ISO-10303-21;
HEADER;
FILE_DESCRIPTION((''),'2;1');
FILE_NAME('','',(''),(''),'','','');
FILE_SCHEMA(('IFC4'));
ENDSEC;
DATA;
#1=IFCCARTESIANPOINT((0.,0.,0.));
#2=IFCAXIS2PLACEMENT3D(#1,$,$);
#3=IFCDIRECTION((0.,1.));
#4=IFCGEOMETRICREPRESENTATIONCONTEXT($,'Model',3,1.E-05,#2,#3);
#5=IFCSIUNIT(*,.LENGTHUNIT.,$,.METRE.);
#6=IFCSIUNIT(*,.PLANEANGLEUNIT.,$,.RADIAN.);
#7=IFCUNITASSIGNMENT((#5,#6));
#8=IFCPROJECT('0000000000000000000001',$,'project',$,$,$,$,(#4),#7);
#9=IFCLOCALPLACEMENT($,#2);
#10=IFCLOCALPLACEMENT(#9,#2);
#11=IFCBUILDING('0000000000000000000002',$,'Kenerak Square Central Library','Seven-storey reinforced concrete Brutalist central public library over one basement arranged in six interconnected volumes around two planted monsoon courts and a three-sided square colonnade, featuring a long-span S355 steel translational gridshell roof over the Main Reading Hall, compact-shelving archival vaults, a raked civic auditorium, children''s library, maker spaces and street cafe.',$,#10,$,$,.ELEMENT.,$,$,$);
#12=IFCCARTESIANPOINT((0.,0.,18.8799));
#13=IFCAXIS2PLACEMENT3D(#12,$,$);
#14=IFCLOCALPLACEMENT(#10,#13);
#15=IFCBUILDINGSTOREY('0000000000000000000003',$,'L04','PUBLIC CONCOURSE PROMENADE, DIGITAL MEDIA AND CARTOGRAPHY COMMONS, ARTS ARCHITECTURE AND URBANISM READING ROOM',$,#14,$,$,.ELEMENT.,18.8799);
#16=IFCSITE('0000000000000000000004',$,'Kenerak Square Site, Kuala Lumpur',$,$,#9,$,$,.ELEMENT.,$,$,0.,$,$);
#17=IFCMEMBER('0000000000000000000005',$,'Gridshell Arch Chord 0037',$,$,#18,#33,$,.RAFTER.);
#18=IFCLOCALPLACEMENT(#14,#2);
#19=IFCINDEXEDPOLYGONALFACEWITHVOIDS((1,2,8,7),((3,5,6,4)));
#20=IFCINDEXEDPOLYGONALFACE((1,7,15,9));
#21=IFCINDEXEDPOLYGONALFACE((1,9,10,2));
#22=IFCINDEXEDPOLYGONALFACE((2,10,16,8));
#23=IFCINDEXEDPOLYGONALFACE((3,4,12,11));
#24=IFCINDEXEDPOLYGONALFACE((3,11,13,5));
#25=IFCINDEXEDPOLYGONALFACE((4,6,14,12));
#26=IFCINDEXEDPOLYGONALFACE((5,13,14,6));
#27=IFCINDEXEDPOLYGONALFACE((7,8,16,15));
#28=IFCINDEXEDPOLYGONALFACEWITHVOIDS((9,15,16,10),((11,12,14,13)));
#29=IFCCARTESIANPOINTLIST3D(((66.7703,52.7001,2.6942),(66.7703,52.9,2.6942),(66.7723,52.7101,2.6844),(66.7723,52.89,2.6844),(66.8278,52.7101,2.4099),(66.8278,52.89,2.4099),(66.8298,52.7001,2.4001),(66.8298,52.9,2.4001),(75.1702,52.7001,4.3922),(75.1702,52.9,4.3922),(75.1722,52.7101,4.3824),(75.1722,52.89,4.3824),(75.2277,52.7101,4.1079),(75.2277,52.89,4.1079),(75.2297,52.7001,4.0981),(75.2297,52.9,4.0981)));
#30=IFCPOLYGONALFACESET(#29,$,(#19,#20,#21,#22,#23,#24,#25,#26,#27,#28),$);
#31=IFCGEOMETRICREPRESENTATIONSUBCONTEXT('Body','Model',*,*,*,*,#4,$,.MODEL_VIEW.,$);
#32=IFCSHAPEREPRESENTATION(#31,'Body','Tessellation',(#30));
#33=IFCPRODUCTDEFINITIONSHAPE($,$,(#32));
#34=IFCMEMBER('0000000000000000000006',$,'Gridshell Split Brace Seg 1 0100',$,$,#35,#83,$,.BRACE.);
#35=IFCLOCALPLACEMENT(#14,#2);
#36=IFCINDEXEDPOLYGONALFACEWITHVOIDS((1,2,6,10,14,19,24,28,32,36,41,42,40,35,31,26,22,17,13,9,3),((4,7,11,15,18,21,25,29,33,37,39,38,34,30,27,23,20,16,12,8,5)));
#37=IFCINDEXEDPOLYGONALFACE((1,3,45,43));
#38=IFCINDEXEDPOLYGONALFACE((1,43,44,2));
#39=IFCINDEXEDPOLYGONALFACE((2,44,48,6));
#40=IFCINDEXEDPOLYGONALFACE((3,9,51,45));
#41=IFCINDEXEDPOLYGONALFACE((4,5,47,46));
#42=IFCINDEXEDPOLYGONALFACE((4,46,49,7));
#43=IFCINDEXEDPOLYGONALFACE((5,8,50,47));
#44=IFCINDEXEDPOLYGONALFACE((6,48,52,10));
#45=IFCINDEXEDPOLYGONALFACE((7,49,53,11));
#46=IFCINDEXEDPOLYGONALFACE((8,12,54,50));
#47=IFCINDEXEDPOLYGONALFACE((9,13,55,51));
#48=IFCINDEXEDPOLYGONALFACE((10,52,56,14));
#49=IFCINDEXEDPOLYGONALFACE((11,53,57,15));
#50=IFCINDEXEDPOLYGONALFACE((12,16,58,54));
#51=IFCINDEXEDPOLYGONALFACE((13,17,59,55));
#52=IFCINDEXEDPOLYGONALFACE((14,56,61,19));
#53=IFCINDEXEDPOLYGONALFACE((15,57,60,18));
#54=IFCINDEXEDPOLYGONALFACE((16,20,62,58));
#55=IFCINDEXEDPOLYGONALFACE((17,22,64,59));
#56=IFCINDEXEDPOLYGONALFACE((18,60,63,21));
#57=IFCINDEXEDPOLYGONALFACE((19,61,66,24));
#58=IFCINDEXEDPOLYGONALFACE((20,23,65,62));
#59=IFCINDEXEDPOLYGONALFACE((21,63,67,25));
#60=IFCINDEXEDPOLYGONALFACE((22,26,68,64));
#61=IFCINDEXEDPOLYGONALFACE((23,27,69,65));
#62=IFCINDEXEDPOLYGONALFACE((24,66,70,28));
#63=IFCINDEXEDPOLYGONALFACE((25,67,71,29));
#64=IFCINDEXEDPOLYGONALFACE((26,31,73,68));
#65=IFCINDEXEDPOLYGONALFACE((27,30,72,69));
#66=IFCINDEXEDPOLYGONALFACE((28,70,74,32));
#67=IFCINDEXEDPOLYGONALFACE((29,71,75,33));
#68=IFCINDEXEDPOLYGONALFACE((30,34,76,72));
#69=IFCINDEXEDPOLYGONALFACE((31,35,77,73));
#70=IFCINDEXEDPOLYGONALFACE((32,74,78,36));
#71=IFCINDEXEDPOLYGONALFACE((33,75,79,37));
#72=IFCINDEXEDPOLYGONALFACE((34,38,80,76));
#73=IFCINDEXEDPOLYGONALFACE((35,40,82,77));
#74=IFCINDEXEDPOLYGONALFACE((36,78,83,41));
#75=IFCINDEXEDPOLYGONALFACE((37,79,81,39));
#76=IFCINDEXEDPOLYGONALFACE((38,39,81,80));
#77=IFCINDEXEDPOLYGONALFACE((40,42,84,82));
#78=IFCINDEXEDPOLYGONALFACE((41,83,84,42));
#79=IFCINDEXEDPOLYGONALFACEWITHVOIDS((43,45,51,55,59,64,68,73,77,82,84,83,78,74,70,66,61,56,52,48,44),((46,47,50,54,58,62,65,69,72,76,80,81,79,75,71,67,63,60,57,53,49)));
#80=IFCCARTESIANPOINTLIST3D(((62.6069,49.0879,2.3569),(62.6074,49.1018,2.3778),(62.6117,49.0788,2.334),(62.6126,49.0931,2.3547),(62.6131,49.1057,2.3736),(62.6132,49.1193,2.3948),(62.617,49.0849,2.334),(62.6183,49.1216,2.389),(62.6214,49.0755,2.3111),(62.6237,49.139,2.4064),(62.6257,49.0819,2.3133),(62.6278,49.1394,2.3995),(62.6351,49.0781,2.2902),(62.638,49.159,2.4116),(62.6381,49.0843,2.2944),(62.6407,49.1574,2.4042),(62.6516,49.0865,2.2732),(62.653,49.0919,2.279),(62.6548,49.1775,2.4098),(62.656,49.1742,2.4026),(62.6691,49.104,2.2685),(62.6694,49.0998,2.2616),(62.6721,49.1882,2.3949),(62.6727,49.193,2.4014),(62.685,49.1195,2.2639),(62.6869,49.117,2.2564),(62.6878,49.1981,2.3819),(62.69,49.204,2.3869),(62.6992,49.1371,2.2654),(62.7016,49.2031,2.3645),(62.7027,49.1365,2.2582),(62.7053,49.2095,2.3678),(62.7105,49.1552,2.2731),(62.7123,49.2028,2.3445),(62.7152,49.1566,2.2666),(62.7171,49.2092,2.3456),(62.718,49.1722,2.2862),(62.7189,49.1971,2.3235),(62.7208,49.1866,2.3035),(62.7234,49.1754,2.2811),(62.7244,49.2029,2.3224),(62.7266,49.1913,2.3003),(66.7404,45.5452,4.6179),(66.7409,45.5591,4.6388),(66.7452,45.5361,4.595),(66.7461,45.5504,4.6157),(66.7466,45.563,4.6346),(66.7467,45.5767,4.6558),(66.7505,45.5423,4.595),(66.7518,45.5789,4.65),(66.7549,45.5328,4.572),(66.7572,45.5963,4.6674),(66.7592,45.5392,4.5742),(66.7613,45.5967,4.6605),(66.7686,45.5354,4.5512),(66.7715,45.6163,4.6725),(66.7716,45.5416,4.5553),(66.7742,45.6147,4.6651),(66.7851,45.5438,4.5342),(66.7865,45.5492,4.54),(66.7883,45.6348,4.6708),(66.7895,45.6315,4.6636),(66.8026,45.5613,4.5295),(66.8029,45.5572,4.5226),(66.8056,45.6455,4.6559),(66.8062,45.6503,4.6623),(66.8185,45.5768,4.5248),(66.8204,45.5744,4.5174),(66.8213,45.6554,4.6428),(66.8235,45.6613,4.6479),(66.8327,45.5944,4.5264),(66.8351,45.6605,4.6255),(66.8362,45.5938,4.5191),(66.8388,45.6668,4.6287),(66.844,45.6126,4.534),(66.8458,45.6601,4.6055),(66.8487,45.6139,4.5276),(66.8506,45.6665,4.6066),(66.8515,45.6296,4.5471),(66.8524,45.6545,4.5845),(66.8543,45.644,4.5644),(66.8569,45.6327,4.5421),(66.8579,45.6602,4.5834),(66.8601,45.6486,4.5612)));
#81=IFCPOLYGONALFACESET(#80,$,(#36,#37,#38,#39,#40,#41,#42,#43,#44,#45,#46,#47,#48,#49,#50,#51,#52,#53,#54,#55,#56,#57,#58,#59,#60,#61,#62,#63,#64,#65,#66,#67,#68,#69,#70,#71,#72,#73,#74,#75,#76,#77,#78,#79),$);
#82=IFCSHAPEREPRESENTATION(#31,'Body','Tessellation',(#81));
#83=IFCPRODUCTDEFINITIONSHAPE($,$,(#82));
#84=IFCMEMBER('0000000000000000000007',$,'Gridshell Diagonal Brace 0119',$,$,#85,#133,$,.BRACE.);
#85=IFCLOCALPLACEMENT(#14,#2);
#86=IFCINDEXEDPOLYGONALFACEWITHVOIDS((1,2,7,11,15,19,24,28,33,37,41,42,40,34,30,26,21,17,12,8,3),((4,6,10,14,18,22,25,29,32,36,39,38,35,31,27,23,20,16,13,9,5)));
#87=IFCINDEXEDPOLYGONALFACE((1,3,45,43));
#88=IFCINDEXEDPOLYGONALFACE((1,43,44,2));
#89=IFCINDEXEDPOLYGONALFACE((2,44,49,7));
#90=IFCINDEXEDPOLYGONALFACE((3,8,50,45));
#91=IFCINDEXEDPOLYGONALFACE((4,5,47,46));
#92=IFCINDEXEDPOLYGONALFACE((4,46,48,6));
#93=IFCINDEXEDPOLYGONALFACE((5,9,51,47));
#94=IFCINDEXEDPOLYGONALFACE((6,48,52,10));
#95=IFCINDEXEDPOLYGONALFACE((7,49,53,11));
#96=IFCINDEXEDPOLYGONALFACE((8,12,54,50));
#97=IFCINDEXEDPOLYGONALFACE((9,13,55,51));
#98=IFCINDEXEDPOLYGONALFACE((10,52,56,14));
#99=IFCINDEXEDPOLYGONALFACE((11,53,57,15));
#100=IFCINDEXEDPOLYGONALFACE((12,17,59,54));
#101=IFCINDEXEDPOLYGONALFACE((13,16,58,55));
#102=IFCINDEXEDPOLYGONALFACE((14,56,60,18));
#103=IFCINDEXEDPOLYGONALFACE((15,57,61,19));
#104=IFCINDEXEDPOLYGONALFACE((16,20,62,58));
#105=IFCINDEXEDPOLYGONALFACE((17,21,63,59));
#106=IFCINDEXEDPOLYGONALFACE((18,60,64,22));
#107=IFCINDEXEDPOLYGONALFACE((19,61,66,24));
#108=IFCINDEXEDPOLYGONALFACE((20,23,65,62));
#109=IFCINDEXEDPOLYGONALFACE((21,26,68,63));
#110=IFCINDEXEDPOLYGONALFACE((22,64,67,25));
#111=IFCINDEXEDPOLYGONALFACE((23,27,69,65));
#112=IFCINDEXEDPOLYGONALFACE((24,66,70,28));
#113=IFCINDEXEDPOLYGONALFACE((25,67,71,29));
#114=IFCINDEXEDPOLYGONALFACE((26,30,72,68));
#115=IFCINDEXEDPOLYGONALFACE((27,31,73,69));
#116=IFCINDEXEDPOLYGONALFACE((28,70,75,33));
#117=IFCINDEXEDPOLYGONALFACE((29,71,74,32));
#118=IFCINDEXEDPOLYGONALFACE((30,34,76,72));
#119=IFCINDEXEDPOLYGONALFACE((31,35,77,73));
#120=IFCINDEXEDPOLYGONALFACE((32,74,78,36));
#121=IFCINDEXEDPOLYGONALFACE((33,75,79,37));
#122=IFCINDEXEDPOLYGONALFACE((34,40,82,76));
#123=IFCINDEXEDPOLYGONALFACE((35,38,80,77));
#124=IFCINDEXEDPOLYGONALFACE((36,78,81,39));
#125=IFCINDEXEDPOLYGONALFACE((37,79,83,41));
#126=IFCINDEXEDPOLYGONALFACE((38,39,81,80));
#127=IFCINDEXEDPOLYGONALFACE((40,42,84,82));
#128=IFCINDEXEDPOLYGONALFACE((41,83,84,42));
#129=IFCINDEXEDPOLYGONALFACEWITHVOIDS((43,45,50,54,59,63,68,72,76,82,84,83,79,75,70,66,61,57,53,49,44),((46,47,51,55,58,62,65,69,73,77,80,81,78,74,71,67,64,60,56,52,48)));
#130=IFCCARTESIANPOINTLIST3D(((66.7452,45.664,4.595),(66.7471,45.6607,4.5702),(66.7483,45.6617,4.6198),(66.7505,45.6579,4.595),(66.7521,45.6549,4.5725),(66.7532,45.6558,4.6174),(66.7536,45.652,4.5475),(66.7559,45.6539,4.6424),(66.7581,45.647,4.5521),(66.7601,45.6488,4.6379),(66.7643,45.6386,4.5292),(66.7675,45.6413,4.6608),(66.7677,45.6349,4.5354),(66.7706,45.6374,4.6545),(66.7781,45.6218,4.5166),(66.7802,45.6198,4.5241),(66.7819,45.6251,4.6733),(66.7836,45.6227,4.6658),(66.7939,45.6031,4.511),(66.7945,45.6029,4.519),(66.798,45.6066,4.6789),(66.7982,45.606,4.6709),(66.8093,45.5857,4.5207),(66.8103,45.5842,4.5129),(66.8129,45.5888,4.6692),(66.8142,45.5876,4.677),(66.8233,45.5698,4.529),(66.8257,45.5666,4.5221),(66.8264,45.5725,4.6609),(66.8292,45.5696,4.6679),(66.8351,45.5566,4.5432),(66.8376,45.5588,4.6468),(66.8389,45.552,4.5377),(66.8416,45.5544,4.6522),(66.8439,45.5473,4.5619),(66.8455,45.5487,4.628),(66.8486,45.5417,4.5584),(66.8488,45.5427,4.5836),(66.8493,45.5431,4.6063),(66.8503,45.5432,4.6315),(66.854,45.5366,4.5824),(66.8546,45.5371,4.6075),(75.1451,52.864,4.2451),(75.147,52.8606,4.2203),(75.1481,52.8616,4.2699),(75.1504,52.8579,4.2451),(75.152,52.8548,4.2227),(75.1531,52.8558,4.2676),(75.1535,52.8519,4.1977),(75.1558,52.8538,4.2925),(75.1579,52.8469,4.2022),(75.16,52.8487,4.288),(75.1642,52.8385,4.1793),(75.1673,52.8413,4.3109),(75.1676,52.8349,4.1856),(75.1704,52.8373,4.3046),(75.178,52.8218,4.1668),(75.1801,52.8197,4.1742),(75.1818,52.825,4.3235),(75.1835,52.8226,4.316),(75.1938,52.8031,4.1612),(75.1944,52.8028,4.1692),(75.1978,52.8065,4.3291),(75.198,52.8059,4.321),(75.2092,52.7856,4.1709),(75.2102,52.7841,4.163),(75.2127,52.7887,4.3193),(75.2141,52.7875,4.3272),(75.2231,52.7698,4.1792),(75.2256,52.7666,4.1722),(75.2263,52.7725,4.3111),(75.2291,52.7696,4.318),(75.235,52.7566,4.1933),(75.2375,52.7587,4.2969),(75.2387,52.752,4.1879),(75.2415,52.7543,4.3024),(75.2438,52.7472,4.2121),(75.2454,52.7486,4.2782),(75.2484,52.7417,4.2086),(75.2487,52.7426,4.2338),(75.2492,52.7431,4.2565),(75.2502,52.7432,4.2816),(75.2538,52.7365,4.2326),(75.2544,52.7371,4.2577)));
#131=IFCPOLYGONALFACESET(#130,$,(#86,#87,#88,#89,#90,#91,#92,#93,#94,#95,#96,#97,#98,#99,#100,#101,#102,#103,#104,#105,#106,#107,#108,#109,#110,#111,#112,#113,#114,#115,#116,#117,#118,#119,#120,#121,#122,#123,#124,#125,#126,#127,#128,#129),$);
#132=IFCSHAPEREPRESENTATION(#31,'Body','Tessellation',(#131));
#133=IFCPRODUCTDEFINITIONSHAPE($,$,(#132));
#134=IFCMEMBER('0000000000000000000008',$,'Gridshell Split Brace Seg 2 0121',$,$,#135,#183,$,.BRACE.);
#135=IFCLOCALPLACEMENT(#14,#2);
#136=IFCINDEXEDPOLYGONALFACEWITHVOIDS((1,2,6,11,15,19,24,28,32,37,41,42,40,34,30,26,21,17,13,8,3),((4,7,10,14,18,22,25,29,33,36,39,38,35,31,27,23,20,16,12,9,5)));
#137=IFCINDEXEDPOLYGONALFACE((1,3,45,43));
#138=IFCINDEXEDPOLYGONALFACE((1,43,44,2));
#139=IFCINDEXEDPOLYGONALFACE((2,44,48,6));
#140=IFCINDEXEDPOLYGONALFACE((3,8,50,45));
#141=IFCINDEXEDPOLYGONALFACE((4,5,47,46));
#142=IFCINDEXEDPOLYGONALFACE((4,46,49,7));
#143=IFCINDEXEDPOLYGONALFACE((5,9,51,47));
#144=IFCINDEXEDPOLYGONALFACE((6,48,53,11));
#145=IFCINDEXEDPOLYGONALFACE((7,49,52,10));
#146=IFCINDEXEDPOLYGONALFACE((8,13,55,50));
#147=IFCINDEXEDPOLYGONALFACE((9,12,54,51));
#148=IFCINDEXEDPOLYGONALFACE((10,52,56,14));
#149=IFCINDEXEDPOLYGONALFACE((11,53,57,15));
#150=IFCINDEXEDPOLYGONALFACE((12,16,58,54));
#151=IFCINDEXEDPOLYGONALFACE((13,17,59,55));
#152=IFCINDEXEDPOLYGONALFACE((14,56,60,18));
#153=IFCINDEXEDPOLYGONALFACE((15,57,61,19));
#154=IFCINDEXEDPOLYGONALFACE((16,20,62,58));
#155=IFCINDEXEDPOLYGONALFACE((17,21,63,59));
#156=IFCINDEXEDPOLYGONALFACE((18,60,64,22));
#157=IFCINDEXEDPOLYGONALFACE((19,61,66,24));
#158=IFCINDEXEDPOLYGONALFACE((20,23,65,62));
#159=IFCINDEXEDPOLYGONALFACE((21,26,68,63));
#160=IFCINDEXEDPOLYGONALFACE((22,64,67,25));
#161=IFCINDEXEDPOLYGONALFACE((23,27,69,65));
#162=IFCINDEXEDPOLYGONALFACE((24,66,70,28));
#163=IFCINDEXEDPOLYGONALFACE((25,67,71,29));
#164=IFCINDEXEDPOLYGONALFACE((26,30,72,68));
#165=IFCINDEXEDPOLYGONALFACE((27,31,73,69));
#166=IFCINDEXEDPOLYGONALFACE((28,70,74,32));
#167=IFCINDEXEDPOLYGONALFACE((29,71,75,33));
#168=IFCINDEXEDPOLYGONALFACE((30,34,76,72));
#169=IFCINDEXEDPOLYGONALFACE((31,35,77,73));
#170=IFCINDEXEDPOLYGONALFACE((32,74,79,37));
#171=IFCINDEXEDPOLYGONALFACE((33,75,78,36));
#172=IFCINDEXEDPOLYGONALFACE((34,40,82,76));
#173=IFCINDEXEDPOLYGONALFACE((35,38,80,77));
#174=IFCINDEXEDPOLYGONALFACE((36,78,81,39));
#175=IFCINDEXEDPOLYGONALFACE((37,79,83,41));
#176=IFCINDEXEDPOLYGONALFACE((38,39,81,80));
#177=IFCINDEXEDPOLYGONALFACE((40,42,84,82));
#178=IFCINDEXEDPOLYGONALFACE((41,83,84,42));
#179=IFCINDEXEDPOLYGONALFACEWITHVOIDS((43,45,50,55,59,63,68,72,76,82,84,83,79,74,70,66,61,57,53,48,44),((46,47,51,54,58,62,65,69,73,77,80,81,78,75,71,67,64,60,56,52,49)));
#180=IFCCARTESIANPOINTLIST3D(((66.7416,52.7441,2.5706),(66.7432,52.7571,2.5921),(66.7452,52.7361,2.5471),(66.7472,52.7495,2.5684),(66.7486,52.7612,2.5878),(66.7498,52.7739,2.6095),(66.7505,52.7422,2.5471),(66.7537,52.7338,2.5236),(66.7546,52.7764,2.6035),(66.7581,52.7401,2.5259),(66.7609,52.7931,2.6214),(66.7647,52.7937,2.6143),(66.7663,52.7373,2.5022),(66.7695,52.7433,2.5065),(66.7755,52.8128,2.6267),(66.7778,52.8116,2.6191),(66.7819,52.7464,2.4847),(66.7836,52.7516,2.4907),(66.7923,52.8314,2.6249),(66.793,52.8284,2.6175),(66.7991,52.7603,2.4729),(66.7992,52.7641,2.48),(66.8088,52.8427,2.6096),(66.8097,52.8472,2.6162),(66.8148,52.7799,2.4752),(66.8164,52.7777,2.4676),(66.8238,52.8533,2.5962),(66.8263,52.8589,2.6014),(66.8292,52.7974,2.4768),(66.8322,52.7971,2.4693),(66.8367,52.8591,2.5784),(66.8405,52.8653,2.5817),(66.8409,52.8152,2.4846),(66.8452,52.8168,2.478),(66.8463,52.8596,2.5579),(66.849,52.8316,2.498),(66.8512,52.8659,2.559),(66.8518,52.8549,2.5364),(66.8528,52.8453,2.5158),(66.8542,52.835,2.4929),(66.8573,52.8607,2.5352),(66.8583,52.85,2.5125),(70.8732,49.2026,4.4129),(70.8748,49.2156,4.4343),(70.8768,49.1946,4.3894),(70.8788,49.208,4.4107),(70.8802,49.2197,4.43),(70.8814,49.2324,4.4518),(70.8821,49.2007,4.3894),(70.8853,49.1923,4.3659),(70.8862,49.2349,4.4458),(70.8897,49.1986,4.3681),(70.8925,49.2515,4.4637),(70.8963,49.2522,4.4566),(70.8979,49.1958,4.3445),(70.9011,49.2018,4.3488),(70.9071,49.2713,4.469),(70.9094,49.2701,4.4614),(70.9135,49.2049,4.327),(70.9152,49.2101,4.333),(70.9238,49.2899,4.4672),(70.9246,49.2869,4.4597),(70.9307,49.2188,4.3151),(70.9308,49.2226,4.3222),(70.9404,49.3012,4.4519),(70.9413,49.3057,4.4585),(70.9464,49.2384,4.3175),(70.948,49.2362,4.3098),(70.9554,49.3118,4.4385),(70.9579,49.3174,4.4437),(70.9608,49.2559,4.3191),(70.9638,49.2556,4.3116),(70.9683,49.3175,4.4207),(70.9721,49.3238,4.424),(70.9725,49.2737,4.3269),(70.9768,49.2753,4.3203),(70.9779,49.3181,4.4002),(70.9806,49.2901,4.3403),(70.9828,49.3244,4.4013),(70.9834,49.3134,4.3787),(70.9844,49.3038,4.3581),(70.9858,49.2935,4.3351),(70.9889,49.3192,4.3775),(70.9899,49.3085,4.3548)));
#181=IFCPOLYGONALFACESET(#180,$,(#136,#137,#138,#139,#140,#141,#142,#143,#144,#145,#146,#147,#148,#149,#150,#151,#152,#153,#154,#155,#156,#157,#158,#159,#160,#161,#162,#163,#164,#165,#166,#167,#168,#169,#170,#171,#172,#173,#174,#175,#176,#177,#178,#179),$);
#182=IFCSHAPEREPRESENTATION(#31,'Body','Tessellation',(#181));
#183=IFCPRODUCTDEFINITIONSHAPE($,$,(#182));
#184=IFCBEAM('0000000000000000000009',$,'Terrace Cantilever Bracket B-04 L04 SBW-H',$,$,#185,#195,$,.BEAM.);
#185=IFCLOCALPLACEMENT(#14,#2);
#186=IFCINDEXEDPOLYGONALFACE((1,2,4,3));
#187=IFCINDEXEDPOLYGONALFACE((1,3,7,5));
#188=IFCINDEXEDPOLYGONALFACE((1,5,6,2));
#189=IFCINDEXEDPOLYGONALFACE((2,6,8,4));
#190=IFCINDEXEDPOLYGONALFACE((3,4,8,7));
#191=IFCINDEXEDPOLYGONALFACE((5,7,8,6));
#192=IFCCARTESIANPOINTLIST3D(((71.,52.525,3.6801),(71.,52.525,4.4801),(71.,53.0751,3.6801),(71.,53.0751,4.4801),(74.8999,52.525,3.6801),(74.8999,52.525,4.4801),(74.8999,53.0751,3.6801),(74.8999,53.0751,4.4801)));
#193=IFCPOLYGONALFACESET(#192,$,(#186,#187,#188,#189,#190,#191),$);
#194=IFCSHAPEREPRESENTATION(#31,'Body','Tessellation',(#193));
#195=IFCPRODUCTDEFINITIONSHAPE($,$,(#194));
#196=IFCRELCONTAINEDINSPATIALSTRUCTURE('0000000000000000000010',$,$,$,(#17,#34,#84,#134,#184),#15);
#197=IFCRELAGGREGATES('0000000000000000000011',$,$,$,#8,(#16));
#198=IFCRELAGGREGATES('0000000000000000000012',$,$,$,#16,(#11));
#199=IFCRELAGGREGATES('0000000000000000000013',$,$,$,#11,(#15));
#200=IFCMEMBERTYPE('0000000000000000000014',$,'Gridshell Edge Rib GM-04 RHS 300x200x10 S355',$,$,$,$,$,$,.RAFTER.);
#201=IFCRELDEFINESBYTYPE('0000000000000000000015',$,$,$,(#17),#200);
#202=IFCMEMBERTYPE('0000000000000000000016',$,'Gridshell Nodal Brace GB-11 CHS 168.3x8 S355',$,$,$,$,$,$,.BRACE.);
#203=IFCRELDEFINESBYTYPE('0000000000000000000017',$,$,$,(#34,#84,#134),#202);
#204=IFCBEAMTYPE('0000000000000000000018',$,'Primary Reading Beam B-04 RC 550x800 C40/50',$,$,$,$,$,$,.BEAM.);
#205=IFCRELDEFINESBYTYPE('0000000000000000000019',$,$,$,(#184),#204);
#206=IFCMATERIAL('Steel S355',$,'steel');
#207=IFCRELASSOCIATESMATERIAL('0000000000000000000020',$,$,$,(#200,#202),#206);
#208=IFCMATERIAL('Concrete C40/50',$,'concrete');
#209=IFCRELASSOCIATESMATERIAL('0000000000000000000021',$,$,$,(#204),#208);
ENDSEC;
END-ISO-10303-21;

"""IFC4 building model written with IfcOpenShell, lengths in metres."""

from ifc_helpers import new_model, si_unit, direction, frame, origin, origin_2d, place, context, subcontext, project, spatial, rectangle, hollow_rectangle, hollow_circle, extrude, material, material_profile, profile_set, type_object, element, save


model = new_model("IFC4")

# Units and contexts
model_context = context("Model", 3, precision=1e-05, world=origin(), true_north=direction((0.0, 1.0)))
body_context = subcontext(model_context, "Body", "Model", "MODEL_VIEW")
ifc_project = project(units=[si_unit("LENGTHUNIT", "METRE"), si_unit("PLANEANGLEUNIT", "RADIAN")], contexts=[model_context])

# Site, building, storey
site_placement = place(None, origin())
site = spatial("IfcSite", under=ifc_project, at=site_placement, Name="Kenerak Square Site, Kuala Lumpur", CompositionType="ELEMENT", RefElevation=0.0)
building_placement = place(site_placement, origin())
building = spatial("IfcBuilding", under=site, at=building_placement, Name="Kenerak Square Central Library", Description="Seven-storey reinforced concrete Brutalist central public library over one basement arranged in six interconnected volumes around two planted monsoon courts and a three-sided square colonnade, featuring a long-span S355 steel translational gridshell roof over the Main Reading Hall, compact-shelving archival vaults, a raked civic auditorium, children's library, maker spaces and street cafe.", CompositionType="ELEMENT")
storey_placement = place(building_placement, frame((0.0, 0.0, 18.8799)))
storey = spatial("IfcBuildingStorey", under=building, at=storey_placement, Name="L04", Description="PUBLIC CONCOURSE PROMENADE, DIGITAL MEDIA AND CARTOGRAPHY COMMONS, ARTS ARCHITECTURE AND URBANISM READING ROOM", CompositionType="ELEMENT", Elevation=18.8799)

# Shared definitions
ifc_material_1 = material(Name="Concrete C40/50", Category="concrete")

# Members
ifc_material_2 = material(Name="Steel S355", Category="steel")
ifc_material_profile_1 = material_profile(ifc_material_2, hollow_rectangle(XDim=0.2, YDim=0.3, WallThickness=0.01, at=origin_2d()), Name="RHS 300x200x10.0")
ifc_profile_set_1 = profile_set([ifc_material_profile_1], Name="Steel S355")
member_type_1 = type_object("IfcMemberType", Name="Gridshell Edge Rib GM-04 RHS 300x200x10 S355", PredefinedType="RAFTER", material=ifc_profile_set_1)
member_1_placement = place(storey_placement, frame((66.8, 52.8, 2.5471), z_axis=(0.980174, 0.0, 0.198137), x_axis=(0.0, 1.0, 0.0)))
element("IfcMember", 1, at=member_1_placement, inside=storey, type_object=member_type_1, Name="Gridshell Arch Chord 0037", PredefinedType="RAFTER", context=body_context, shape_type="SweptSolid", body=[
    extrude(hollow_rectangle(XDim=0.2, YDim=0.3, WallThickness=0.01, at=origin_2d()), origin(), (0.0, 0.0, 1.0), 8.5698),
])
ifc_material_profile_2 = material_profile(ifc_material_2, hollow_circle(Radius=0.0842, WallThickness=0.0081, at=origin_2d()), Name="CHS 168.3x8.0")
ifc_profile_set_2 = profile_set([ifc_material_profile_2], Name="Steel S355")
member_type_2 = type_object("IfcMemberType", Name="Gridshell Nodal Brace GB-11 CHS 168.3x8 S355", PredefinedType="BRACE", material=ifc_profile_set_2)
member_2_placement = place(storey_placement, frame((66.8, 45.6001, 4.595), z_axis=(-0.701214, 0.600987, -0.383553), x_axis=(-0.650758, -0.759285, 0.0)))
element("IfcMember", 2, at=member_2_placement, inside=storey, type_object=member_type_2, Name="Gridshell Split Brace Seg 1 0100", PredefinedType="BRACE", context=body_context, shape_type="SweptSolid", body=[
    extrude(hollow_circle(Radius=0.0842, WallThickness=0.0081, at=origin_2d()), origin(), (0.0, 0.0, 1.0), 5.8948),
])
member_3_placement = place(storey_placement, frame((66.8, 45.6001, 4.595), z_axis=(0.758876, 0.650468, -0.031607), x_axis=(-0.650793, 0.759255, 0.0)))
element("IfcMember", 3, at=member_3_placement, inside=storey, type_object=member_type_2, Name="Gridshell Diagonal Brace 0119", PredefinedType="BRACE", context=body_context, shape_type="SweptSolid", body=[
    extrude(hollow_circle(Radius=0.0842, WallThickness=0.0081, at=origin_2d()), origin(), (0.0, 0.0, 1.0), 11.0688),
])
member_4_placement = place(storey_placement, frame((70.9316, 49.2585, 4.3894), z_axis=(-0.719149, 0.616438, -0.32067), x_axis=(-0.650806, -0.759244, 0.0)))
element("IfcMember", 4, at=member_4_placement, inside=storey, type_object=member_type_2, Name="Gridshell Split Brace Seg 2 0121", PredefinedType="BRACE", context=body_context, shape_type="SweptSolid", body=[
    extrude(hollow_circle(Radius=0.0842, WallThickness=0.0081, at=origin_2d()), origin(), (0.0, 0.0, 1.0), 5.7451),
])

# Beam
ifc_material_profile_3 = material_profile(ifc_material_1, rectangle(XDim=0.55, YDim=0.8, at=origin_2d()), Name="RC 550x800")
ifc_profile_set_3 = profile_set([ifc_material_profile_3], Name="Concrete C40/50")
beam_type_1 = type_object("IfcBeamType", Name="Primary Reading Beam B-04 RC 550x800 C40/50", PredefinedType="BEAM", material=ifc_profile_set_3)
beam_1_placement = place(storey_placement, frame((71.0, 52.8, 4.0801), z_axis=(1.0, 0.0, 0.0), x_axis=(0.0, 1.0, 0.0)))
element("IfcBeam", 5, at=beam_1_placement, inside=storey, type_object=beam_type_1, Name="Terrace Cantilever Bracket B-04 L04 SBW-H", PredefinedType="BEAM", context=body_context, shape_type="SweptSolid", body=[
    extrude(rectangle(XDim=0.55, YDim=0.8, at=origin_2d()), origin(), (0.0, 0.0, 1.0), 3.8999),
])

save(model, "model.ifc")
